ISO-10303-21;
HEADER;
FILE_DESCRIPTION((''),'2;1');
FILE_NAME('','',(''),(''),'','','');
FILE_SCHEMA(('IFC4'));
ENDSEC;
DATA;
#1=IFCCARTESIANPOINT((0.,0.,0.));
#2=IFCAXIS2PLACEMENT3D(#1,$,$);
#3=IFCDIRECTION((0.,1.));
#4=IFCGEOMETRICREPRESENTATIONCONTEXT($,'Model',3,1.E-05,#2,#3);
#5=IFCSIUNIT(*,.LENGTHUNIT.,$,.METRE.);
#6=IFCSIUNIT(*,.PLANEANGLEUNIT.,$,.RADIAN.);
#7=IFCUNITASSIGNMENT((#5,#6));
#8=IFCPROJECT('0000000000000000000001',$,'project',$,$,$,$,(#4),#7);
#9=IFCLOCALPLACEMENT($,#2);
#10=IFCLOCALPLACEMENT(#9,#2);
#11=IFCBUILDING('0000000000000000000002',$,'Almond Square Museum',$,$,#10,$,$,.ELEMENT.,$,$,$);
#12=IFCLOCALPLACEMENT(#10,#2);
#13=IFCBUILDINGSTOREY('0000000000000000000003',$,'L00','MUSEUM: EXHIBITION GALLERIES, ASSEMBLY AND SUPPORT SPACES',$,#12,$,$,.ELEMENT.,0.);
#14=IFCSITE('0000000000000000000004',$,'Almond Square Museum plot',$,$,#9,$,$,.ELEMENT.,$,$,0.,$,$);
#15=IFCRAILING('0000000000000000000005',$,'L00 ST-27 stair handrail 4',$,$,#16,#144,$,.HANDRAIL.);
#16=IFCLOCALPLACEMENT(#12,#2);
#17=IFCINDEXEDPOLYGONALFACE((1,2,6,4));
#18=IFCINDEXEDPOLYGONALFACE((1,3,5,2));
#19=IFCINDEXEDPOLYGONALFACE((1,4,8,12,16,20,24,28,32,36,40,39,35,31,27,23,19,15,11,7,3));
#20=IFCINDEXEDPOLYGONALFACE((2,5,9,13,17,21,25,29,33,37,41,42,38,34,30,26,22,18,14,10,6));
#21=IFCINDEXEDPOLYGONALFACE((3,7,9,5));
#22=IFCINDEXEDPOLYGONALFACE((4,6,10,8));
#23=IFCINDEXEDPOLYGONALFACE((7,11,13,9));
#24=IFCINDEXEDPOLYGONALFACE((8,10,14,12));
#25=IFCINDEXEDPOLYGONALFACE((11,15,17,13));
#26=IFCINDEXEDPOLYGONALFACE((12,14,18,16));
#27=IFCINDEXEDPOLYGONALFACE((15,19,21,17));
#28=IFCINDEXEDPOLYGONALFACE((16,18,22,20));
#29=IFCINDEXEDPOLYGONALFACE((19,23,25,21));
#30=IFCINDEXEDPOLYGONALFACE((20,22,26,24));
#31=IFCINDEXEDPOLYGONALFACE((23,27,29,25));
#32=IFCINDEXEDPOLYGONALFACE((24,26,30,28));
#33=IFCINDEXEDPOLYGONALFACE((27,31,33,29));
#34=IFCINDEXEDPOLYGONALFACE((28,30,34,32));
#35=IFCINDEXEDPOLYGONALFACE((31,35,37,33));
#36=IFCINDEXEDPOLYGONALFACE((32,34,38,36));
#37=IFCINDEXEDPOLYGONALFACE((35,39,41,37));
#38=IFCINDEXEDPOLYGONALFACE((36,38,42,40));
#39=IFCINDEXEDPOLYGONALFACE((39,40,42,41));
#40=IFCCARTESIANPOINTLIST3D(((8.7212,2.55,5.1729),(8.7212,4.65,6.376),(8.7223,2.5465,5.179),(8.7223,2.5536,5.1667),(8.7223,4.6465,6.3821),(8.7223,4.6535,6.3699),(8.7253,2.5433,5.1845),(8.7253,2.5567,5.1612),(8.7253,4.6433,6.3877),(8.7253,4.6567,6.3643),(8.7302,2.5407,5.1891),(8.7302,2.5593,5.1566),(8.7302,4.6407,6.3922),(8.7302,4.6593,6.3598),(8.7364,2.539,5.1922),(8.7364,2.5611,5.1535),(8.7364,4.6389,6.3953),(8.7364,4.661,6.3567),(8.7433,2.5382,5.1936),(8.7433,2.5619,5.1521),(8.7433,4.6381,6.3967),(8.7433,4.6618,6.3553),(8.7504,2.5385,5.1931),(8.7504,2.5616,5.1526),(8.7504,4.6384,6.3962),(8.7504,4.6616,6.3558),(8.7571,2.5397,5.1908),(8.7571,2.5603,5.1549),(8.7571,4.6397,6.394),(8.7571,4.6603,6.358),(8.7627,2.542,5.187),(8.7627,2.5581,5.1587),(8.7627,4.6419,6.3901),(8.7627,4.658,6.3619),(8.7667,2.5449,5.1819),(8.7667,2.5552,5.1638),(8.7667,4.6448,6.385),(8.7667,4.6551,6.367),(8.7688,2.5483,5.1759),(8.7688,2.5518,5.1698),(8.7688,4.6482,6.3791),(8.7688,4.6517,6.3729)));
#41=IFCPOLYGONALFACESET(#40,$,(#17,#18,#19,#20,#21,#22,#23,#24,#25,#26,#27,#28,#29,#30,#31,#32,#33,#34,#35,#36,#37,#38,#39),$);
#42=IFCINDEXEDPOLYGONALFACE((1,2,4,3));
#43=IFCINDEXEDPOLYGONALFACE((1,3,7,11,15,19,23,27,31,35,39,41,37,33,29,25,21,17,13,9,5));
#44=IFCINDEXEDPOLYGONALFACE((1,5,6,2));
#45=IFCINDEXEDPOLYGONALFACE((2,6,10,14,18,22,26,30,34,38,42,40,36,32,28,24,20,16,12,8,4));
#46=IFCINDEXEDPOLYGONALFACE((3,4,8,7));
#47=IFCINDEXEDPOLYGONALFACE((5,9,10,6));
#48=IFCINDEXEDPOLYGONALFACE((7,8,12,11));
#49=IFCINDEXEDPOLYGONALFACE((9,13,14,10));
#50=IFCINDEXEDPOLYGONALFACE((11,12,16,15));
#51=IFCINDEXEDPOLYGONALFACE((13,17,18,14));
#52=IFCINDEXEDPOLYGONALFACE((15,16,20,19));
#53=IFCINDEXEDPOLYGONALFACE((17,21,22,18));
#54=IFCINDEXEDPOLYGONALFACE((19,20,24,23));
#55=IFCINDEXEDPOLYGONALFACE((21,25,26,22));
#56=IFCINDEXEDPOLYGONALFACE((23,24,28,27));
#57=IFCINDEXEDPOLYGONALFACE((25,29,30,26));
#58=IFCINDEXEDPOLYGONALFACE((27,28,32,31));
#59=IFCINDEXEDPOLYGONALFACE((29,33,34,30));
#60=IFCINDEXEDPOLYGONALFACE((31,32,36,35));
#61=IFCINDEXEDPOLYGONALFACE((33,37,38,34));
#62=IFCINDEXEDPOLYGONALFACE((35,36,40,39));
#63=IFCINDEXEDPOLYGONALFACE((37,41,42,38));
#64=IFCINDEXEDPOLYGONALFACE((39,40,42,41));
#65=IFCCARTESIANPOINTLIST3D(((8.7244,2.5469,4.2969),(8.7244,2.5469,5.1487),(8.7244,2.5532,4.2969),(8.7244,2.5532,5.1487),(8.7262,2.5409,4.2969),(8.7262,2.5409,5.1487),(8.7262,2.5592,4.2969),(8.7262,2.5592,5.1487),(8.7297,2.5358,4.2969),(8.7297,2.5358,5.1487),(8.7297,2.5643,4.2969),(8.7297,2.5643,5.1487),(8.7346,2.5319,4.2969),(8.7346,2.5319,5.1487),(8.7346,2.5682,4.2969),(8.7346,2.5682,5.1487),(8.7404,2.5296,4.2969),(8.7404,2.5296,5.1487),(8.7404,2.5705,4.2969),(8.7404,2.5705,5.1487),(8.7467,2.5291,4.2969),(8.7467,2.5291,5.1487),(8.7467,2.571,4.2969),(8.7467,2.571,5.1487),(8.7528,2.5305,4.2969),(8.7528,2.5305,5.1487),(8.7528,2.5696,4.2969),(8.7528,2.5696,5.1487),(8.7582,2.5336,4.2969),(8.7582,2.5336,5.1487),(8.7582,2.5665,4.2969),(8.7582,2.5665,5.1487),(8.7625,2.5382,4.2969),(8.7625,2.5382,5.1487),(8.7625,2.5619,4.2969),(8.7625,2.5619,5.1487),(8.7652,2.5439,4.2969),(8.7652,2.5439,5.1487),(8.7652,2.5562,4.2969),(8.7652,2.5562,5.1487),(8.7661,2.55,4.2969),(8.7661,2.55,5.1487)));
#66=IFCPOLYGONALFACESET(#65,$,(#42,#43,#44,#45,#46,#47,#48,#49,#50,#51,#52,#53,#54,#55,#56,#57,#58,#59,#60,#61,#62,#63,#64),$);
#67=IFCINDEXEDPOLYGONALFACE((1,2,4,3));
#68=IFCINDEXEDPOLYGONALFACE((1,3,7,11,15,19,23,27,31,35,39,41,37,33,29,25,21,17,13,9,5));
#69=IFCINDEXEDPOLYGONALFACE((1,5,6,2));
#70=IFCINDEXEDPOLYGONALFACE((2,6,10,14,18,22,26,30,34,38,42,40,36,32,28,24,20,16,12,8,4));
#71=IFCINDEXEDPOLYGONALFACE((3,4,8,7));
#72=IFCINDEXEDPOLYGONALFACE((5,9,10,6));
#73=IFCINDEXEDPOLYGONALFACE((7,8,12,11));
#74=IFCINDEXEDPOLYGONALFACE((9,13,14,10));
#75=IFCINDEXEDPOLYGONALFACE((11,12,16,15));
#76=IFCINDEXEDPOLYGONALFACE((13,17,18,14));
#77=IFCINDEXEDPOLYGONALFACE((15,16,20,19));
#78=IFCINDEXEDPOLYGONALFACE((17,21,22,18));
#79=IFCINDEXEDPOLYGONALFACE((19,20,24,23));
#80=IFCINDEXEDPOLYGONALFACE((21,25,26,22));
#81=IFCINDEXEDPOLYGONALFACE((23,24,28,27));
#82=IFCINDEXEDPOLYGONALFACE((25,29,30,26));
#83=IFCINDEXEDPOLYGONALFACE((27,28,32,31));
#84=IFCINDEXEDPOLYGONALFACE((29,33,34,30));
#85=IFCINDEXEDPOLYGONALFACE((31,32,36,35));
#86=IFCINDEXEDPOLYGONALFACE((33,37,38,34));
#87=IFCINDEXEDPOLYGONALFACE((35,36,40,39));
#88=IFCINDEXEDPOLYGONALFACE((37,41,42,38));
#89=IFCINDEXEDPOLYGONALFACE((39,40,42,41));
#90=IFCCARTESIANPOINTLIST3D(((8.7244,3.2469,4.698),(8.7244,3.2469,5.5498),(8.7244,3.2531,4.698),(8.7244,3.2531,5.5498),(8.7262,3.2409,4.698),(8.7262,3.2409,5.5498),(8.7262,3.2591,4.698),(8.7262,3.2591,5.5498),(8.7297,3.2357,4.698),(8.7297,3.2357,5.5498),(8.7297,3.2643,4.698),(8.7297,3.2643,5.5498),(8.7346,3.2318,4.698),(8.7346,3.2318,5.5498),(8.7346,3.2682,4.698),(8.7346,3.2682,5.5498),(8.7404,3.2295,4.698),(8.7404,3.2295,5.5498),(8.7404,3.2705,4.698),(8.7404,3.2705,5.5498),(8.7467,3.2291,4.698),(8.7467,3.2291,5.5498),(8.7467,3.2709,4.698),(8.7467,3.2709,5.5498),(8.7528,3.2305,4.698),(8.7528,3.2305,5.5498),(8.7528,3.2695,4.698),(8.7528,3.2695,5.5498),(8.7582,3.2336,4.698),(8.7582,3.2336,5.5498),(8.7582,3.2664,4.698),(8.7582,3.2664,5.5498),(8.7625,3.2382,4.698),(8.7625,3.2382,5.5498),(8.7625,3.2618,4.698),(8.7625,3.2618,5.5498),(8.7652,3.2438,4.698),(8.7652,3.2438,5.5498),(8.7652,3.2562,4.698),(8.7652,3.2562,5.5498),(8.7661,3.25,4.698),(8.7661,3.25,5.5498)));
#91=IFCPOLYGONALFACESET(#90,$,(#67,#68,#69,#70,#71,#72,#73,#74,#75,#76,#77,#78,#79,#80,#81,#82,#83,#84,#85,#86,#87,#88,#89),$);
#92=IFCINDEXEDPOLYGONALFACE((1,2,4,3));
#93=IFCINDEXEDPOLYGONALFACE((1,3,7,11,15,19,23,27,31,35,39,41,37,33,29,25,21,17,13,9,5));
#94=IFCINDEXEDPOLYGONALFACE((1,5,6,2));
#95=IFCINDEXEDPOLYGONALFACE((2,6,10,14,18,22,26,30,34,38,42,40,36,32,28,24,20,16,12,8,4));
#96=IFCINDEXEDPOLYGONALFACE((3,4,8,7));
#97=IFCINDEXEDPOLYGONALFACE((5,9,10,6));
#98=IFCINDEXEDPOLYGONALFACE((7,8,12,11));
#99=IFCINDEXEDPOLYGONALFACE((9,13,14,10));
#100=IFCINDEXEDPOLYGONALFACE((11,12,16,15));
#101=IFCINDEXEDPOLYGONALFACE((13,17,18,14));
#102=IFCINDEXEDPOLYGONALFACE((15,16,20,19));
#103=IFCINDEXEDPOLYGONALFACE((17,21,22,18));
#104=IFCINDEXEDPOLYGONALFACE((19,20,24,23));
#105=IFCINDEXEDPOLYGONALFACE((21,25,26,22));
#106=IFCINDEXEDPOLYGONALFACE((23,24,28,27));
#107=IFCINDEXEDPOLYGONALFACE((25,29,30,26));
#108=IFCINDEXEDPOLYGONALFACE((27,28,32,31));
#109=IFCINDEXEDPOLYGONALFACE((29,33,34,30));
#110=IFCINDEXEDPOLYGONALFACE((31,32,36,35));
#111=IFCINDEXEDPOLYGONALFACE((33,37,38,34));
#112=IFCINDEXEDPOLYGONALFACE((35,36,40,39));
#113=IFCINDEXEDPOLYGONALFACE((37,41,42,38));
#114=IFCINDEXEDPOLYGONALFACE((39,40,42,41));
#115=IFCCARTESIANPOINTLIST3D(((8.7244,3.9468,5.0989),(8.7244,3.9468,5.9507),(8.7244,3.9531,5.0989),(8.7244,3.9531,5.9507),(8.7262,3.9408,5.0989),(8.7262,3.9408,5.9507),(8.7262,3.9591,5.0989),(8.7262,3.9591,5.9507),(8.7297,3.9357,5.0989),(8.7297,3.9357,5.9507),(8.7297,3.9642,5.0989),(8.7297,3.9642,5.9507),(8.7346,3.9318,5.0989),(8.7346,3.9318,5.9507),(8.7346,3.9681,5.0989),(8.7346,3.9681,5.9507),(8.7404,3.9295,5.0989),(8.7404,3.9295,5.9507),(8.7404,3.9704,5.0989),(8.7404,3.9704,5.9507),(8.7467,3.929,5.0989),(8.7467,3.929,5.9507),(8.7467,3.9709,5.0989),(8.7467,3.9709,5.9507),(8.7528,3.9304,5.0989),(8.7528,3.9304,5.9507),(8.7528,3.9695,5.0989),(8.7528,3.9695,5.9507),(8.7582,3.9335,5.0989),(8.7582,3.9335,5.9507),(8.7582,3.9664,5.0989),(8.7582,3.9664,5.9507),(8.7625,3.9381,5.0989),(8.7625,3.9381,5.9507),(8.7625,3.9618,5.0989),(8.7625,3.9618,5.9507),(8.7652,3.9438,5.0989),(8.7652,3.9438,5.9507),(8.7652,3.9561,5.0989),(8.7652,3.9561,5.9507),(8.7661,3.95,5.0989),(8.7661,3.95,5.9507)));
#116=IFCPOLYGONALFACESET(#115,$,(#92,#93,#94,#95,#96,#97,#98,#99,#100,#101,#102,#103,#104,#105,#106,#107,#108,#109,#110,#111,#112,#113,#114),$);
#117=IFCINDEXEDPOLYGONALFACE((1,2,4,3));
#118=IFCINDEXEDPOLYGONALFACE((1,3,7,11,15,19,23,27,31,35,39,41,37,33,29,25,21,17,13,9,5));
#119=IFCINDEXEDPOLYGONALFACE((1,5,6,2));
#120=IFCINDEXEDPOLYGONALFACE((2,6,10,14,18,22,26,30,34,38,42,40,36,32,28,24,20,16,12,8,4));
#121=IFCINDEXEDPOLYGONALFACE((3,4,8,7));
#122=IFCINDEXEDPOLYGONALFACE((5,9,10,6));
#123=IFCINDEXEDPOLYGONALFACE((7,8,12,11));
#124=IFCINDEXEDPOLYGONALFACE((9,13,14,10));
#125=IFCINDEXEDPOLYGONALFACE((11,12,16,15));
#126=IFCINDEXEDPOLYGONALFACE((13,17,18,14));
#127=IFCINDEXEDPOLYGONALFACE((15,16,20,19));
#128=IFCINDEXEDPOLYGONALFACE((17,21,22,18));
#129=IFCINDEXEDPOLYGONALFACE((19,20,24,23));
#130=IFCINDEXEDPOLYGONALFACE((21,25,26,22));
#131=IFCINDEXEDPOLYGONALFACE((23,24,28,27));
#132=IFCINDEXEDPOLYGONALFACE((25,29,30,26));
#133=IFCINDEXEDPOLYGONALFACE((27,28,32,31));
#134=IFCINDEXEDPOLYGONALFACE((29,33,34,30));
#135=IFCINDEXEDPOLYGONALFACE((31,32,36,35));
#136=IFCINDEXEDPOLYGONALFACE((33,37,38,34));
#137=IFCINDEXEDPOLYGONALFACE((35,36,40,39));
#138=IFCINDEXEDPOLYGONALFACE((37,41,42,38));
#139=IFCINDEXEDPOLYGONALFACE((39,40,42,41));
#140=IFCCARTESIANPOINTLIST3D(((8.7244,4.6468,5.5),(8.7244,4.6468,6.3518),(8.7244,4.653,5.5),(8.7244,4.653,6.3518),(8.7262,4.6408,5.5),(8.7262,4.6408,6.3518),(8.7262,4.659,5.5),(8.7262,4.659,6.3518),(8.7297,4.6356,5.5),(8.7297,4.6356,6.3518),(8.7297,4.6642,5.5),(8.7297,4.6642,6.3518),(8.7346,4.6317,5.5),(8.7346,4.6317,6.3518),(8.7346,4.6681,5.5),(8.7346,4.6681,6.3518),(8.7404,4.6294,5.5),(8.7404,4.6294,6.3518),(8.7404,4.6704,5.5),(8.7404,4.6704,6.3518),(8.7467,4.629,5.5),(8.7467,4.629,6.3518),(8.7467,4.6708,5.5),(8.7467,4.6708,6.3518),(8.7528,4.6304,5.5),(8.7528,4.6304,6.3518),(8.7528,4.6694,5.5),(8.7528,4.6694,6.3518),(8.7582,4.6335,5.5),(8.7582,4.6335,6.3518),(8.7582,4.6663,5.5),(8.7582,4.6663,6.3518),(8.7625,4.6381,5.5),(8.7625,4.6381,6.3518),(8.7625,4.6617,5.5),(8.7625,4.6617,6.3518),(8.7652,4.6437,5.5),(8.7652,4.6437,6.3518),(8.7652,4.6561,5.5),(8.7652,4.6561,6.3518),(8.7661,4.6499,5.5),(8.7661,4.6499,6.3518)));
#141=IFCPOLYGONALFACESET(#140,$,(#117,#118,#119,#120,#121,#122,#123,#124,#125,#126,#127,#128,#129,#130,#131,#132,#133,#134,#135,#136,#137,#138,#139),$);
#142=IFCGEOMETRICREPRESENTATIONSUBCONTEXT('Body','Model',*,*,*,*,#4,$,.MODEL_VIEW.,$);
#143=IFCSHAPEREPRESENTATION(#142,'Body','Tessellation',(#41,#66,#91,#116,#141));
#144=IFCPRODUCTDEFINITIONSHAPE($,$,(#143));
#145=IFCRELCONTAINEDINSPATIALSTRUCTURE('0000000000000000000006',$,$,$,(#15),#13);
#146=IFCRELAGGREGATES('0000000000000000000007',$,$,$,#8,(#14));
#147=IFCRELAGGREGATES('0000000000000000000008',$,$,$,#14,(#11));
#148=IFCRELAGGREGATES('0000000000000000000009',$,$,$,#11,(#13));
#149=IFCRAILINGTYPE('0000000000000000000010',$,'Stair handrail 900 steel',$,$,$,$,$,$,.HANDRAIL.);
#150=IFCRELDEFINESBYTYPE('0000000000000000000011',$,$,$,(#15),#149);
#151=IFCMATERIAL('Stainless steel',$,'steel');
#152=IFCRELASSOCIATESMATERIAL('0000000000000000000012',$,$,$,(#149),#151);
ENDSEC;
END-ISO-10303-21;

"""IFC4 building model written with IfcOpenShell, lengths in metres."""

from ifc_helpers import new_model, si_unit, direction, frame, origin, origin_2d, place, context, subcontext, project, spatial, circle, extrude, material, type_object, element, save


model = new_model("IFC4")

# Units and contexts
model_context = context("Model", 3, precision=1e-05, world=origin(), true_north=direction((0.0, 1.0)))
body_context = subcontext(model_context, "Body", "Model", "MODEL_VIEW")
ifc_project = project(units=[si_unit("LENGTHUNIT", "METRE"), si_unit("PLANEANGLEUNIT", "RADIAN")], contexts=[model_context])

# Site, building, storey
site_placement = place(None, origin())
site = spatial("IfcSite", under=ifc_project, at=site_placement, Name="Almond Square Museum plot", CompositionType="ELEMENT", RefElevation=0.0)
building_placement = place(site_placement, origin())
building = spatial("IfcBuilding", under=site, at=building_placement, Name="Almond Square Museum", CompositionType="ELEMENT")
storey_placement = place(building_placement, origin())
storey = spatial("IfcBuildingStorey", under=building, at=storey_placement, Name="L00", Description="MUSEUM: EXHIBITION GALLERIES, ASSEMBLY AND SUPPORT SPACES", CompositionType="ELEMENT", Elevation=0.0)

# Railing
ifc_material_1 = material(Name="Stainless steel", Category="steel")
railing_type_1 = type_object("IfcRailingType", Name="Stair handrail 900 steel", PredefinedType="HANDRAIL", material=ifc_material_1)
for number, where, name in (
    (1, (8.7451, 2.55, 4.2969), "L00 ST-27 stair handrail 4"),
):
    element("IfcRailing", number, at=place(storey_placement, frame(where)), inside=storey, type_object=railing_type_1, Name=name, PredefinedType="HANDRAIL", context=body_context, shape_type="SweptSolid", body=[
        extrude(circle(Radius=0.0239, at=origin_2d()), frame((0.0, 0.0, 0.876), z_axis=(0.0, 0.867671, 0.497138), x_axis=(-1.0, 0.0, 0.0)), (0.0, 0.0, 1.0), 2.4202),
        extrude(circle(Radius=0.021, at=origin_2d()), origin(), (0.0, 0.0, 1.0), 0.8518),
        extrude(circle(Radius=0.021, at=origin_2d()), frame((0.0, 0.7, 0.4011)), (0.0, 0.0, 1.0), 0.8518),
        extrude(circle(Radius=0.021, at=origin_2d()), frame((0.0, 1.3999, 0.802)), (0.0, 0.0, 1.0), 0.8518),
        extrude(circle(Radius=0.021, at=origin_2d()), frame((0.0, 2.0999, 1.2031)), (0.0, 0.0, 1.0), 0.8518),
    ])

save(model, "model.ifc")
